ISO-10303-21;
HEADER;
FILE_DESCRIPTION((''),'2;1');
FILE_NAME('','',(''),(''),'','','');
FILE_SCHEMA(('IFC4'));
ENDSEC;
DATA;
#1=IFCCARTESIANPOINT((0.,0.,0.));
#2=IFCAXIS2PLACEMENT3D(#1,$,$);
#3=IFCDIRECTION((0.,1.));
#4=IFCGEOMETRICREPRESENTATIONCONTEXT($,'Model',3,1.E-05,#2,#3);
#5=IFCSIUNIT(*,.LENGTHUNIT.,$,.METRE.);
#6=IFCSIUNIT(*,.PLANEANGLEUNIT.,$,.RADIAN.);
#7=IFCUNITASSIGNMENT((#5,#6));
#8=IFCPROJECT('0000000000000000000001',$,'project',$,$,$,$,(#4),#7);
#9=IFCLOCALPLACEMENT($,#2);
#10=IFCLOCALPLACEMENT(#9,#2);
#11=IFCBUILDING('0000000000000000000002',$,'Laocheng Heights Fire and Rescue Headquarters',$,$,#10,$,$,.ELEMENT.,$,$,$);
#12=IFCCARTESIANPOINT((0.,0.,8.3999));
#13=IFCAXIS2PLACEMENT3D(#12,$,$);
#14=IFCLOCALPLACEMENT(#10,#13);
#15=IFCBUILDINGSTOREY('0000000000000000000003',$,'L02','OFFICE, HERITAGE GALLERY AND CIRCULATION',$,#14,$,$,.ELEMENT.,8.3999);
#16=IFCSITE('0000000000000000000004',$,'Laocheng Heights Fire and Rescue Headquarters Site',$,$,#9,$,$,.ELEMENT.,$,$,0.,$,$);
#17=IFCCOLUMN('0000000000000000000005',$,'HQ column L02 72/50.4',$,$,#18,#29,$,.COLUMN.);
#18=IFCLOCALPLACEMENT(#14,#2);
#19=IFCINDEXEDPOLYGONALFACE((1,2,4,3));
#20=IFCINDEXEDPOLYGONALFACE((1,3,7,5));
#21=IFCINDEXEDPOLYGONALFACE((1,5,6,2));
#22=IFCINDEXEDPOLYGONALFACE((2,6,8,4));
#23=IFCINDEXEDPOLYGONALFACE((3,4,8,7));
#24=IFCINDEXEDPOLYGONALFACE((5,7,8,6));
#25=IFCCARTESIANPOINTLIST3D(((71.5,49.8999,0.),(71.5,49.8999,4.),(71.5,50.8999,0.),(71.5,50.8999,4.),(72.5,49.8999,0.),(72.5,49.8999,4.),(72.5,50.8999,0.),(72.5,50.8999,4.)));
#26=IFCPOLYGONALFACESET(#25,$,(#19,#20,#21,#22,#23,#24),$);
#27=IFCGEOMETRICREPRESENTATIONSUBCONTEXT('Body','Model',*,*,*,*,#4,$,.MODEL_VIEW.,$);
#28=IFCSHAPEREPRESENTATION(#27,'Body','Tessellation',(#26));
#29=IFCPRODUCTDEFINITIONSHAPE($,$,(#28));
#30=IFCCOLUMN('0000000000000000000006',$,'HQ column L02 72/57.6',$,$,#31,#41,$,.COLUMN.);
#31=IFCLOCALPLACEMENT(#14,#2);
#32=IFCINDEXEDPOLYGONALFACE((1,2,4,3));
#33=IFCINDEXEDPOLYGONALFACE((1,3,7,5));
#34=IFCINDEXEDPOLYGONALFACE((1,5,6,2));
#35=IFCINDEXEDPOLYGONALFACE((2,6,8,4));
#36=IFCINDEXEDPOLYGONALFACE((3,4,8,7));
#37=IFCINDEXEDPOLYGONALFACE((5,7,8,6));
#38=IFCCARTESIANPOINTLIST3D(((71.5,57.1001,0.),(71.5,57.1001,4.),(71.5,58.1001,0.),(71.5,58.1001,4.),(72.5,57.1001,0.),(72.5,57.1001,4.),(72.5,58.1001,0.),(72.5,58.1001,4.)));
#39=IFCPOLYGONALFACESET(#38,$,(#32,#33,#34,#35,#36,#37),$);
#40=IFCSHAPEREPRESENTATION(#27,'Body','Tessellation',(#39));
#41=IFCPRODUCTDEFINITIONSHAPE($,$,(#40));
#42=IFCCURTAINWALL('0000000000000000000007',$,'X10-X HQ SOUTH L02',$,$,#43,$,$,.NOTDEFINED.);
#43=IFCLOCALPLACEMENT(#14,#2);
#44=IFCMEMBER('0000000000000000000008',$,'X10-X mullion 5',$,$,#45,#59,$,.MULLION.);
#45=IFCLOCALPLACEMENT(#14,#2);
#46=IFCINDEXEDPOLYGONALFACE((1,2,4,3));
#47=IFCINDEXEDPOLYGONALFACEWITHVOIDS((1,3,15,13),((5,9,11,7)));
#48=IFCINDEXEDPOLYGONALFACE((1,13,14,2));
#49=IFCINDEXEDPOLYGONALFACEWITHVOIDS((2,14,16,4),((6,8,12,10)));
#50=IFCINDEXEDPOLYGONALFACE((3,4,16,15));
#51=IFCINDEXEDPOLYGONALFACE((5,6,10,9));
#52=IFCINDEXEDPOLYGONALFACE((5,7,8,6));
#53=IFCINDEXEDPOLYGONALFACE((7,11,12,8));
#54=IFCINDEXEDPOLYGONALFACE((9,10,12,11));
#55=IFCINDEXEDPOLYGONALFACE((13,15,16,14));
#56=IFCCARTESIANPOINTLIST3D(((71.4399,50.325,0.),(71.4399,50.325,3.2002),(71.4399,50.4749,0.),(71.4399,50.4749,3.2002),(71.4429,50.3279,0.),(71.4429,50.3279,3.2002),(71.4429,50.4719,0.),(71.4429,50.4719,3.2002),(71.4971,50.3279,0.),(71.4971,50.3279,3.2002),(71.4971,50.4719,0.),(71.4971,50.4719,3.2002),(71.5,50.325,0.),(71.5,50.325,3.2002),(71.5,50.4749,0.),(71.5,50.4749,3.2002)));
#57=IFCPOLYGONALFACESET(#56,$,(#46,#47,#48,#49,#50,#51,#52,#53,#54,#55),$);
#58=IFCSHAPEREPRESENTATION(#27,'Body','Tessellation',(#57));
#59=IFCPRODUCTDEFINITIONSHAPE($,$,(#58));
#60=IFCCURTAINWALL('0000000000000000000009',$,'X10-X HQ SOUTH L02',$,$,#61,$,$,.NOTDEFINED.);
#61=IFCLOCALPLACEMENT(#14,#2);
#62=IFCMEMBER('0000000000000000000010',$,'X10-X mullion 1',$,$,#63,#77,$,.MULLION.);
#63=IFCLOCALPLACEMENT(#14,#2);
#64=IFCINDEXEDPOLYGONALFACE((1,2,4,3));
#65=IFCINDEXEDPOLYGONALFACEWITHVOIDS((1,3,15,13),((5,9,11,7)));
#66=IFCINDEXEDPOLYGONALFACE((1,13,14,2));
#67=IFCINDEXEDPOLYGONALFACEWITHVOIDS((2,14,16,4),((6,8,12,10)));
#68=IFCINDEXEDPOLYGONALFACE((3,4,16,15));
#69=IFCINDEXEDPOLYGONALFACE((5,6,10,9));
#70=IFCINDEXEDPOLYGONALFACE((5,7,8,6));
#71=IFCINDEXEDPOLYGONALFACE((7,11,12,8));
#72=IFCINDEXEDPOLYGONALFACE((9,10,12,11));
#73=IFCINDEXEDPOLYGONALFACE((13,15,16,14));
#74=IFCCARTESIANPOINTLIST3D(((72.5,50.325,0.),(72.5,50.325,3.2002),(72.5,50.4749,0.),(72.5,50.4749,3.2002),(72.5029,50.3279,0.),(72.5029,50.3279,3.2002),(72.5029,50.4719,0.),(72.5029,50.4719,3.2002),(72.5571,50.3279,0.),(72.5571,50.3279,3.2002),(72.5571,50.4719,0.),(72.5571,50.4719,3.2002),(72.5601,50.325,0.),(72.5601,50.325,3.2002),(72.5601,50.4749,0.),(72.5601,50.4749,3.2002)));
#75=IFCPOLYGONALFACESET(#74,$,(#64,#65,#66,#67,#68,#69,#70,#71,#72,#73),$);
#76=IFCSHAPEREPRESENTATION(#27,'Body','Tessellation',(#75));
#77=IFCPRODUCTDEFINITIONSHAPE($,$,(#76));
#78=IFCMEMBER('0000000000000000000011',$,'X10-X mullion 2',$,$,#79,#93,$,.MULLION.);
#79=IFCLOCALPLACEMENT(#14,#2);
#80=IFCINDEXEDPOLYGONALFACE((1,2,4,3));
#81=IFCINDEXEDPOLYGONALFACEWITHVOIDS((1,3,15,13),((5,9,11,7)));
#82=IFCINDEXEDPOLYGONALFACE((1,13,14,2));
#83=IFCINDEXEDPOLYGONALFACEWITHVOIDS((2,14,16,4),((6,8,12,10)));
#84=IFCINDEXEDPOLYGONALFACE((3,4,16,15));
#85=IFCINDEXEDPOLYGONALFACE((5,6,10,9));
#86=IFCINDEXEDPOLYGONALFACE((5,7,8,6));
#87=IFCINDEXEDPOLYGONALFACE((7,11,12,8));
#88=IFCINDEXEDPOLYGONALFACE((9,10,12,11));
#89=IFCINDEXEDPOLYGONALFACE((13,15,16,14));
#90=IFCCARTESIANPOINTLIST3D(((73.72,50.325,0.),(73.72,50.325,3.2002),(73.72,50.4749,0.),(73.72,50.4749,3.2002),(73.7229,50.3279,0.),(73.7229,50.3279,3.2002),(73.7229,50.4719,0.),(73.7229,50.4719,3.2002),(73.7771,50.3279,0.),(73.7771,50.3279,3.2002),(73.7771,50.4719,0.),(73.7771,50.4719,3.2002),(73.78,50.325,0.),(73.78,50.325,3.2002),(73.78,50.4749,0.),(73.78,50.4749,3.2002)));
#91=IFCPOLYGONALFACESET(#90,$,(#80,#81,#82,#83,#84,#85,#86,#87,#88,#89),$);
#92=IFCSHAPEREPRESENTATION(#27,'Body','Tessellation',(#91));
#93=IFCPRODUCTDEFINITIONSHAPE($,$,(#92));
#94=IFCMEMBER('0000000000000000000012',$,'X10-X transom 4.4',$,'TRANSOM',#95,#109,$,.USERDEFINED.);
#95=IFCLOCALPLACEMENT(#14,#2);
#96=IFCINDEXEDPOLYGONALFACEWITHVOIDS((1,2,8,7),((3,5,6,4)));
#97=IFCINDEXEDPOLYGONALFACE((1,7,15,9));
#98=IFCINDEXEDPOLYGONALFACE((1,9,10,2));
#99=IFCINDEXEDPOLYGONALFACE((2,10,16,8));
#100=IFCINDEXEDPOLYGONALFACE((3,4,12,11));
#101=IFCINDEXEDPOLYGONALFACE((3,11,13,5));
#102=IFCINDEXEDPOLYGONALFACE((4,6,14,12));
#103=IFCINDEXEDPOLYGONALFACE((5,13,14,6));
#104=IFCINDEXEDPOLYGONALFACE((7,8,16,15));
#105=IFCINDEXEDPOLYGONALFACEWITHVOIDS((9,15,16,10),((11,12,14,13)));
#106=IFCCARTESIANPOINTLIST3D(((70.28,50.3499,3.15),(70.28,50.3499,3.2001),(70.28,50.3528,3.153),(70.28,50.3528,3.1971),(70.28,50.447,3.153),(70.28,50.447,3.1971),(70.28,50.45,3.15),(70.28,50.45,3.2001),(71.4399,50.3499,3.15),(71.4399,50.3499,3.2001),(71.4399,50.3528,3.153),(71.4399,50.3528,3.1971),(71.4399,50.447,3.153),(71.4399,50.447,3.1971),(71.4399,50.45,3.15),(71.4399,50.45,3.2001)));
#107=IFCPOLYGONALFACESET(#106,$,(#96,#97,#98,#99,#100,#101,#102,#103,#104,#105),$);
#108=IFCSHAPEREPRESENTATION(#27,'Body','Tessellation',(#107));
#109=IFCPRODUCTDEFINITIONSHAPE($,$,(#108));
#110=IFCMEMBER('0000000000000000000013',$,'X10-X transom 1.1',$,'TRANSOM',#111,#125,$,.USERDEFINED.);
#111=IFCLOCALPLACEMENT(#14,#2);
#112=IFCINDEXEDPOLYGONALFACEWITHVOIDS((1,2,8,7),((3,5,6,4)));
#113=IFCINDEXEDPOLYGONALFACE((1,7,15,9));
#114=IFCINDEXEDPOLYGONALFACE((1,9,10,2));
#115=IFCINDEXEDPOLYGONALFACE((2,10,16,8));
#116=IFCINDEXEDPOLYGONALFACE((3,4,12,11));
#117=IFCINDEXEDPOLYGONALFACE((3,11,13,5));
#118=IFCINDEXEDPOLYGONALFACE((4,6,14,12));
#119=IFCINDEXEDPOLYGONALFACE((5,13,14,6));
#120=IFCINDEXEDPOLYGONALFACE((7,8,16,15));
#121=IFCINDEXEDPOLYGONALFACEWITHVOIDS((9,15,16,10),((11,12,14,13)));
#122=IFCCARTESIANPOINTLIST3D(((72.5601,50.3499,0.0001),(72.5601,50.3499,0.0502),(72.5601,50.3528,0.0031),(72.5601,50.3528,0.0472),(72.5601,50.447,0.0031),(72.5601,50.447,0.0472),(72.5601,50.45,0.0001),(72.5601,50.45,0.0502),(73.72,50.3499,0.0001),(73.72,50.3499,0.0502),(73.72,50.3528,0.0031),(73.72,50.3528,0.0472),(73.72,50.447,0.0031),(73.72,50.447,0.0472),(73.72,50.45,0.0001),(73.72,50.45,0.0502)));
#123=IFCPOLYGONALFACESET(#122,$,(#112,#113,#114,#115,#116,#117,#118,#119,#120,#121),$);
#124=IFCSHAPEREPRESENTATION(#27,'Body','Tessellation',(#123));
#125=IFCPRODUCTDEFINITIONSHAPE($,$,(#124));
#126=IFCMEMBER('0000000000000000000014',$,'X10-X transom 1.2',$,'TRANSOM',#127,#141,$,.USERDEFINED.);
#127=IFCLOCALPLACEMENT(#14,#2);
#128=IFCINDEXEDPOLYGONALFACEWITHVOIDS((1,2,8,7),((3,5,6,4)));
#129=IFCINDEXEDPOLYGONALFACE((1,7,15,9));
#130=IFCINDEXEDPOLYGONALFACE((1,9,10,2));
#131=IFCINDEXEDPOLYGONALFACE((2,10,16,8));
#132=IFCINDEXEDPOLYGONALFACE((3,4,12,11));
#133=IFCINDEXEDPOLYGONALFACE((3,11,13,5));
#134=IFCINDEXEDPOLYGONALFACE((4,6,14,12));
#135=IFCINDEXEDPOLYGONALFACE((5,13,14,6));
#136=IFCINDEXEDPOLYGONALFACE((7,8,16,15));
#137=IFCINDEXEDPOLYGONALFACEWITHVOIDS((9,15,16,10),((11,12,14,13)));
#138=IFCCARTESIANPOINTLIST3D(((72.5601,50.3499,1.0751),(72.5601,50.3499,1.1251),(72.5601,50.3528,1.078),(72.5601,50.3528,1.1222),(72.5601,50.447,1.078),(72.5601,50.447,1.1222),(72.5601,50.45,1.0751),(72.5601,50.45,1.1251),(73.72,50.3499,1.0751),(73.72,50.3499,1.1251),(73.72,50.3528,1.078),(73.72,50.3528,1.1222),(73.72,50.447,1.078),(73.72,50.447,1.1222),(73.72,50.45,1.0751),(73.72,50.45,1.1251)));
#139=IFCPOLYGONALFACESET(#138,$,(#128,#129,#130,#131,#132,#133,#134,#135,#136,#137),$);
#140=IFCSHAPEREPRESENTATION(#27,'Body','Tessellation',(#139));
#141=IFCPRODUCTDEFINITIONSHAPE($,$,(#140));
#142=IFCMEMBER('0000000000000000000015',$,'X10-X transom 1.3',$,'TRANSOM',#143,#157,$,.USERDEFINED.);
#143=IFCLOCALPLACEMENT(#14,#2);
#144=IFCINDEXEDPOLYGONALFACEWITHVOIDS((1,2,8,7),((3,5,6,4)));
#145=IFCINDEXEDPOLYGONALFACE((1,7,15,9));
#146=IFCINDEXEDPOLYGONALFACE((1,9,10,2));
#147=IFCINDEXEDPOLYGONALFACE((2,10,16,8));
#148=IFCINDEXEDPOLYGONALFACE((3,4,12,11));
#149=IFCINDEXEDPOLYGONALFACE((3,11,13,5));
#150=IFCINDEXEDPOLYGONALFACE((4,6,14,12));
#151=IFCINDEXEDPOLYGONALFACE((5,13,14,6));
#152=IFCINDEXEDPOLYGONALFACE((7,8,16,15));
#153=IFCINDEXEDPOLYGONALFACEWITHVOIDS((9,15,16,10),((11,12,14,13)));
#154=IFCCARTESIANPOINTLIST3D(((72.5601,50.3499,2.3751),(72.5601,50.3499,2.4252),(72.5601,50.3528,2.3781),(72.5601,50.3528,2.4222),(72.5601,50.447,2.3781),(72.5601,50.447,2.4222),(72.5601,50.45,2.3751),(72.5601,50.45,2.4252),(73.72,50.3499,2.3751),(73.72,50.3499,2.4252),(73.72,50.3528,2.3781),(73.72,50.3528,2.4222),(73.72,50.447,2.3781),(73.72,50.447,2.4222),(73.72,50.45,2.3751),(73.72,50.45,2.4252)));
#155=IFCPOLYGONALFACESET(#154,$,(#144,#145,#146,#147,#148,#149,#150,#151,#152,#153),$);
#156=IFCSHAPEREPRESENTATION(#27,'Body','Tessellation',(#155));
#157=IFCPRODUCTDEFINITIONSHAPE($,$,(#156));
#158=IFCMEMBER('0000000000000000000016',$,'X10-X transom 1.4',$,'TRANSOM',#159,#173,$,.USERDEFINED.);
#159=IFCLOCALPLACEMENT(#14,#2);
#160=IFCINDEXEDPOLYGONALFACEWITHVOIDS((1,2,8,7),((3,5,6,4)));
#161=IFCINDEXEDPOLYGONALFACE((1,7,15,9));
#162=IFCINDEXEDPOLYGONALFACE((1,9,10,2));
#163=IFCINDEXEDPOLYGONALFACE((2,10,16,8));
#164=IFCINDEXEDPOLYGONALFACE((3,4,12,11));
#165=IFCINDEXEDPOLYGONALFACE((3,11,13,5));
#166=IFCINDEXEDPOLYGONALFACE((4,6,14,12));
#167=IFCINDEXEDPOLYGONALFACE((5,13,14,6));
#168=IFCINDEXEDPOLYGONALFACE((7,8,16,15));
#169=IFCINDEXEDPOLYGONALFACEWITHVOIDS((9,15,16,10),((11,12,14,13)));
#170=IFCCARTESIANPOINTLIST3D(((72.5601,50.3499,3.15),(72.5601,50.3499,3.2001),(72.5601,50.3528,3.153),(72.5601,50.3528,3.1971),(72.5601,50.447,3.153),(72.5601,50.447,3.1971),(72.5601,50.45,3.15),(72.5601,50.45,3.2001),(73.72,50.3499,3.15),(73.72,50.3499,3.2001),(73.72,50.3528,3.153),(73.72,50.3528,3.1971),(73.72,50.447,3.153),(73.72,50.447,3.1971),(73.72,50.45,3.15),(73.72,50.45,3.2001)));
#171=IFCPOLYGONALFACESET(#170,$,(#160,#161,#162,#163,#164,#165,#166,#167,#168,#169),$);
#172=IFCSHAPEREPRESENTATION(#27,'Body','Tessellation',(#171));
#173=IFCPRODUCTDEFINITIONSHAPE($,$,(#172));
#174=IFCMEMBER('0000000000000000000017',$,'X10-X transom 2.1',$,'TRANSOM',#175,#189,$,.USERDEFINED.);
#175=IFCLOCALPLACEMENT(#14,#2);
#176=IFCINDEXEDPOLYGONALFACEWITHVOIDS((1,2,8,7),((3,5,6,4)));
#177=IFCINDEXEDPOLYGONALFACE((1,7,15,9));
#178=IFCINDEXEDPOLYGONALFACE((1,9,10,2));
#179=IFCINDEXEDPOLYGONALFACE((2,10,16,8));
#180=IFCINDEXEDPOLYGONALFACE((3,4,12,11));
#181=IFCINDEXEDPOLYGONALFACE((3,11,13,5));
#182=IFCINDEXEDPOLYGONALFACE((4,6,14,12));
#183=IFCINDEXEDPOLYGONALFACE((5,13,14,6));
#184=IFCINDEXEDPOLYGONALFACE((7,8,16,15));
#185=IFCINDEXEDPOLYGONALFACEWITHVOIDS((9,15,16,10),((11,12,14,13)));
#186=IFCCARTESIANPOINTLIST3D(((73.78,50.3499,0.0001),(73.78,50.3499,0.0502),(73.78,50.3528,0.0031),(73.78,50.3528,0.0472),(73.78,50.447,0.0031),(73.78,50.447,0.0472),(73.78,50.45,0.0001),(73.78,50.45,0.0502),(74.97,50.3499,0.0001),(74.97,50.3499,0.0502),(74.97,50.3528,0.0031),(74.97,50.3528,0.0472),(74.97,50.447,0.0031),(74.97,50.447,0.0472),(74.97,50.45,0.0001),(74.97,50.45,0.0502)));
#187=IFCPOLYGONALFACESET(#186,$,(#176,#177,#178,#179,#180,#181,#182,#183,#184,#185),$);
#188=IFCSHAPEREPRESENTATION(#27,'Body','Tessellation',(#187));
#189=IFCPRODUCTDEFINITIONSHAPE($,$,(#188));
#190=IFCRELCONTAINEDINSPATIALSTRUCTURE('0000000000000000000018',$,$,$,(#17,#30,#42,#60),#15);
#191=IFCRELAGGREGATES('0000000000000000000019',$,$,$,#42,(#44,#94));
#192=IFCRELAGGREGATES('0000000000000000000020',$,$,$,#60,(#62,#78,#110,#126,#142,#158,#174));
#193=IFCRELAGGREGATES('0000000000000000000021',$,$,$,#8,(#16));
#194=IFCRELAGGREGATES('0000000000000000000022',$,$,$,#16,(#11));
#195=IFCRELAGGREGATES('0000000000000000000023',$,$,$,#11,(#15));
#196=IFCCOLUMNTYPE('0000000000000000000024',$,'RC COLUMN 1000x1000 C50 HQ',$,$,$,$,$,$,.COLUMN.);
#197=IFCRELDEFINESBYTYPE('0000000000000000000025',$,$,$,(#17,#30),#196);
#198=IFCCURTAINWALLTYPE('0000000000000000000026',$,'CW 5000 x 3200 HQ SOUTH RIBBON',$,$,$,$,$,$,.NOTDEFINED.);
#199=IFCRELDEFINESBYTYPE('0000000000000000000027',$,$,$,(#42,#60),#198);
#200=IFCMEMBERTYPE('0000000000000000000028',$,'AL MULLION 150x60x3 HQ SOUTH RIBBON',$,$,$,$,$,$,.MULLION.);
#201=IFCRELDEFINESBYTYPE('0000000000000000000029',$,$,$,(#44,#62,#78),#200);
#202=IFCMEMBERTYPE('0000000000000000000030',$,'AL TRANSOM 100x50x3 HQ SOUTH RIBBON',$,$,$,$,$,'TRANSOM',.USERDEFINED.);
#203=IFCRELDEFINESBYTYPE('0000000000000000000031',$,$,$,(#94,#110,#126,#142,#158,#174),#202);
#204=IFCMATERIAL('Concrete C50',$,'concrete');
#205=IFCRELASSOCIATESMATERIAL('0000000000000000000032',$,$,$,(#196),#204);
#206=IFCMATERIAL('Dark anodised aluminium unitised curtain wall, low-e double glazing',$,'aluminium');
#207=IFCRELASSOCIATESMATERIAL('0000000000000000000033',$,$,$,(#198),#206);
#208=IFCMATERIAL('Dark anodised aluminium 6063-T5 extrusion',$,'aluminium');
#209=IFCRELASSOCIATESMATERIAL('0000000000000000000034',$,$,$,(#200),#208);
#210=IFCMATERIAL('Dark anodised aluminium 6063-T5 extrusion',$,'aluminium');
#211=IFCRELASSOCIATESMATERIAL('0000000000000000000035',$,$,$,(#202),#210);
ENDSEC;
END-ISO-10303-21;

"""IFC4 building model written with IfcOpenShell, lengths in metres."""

from ifc_helpers import new_model, si_unit, direction, frame, origin, origin_2d, place, context, subcontext, project, spatial, rectangle, hollow_rectangle, extrude, material, material_profile, profile_set, type_object, element, aggregate, save


model = new_model("IFC4")

# Units and contexts
model_context = context("Model", 3, precision=1e-05, world=origin(), true_north=direction((0.0, 1.0)))
body_context = subcontext(model_context, "Body", "Model", "MODEL_VIEW")
ifc_project = project(units=[si_unit("LENGTHUNIT", "METRE"), si_unit("PLANEANGLEUNIT", "RADIAN")], contexts=[model_context])

# Site, building, storey
site_placement = place(None, origin())
site = spatial("IfcSite", under=ifc_project, at=site_placement, Name="Laocheng Heights Fire and Rescue Headquarters Site", CompositionType="ELEMENT", RefElevation=0.0)
building_placement = place(site_placement, origin())
building = spatial("IfcBuilding", under=site, at=building_placement, Name="Laocheng Heights Fire and Rescue Headquarters", CompositionType="ELEMENT")
storey_placement = place(building_placement, frame((0.0, 0.0, 8.3999)))
storey = spatial("IfcBuildingStorey", under=building, at=storey_placement, Name="L02", Description="OFFICE, HERITAGE GALLERY AND CIRCULATION", CompositionType="ELEMENT", Elevation=8.3999)

# Columns
ifc_material_1 = material(Name="Concrete C50", Category="concrete")
ifc_material_profile_1 = material_profile(ifc_material_1, rectangle(XDim=1.0, YDim=1.0, at=origin_2d()), Name="RC COLUMN 1000x1000 C50 HQ")
ifc_profile_set_1 = profile_set([ifc_material_profile_1], Name="Concrete C50")
column_type = type_object("IfcColumnType", Name="RC COLUMN 1000x1000 C50 HQ", PredefinedType="COLUMN", material=ifc_profile_set_1)
for number, where, z_axis, x_axis, name in (
    (1, (72.0, 50.3999, 0.0), (0.0, 0.0, 1.0), (1.0, 0.0, 0.0), "HQ column L02 72/50.4"),
    (2, (72.0, 57.6001, 0.0), (0.0, 0.0, 1.0), (1.0, 0.0, 0.0), "HQ column L02 72/57.6"),
):
    element("IfcColumn", number, at=place(storey_placement, frame(where, z_axis=z_axis, x_axis=x_axis)), inside=storey, type_object=column_type, Name=name, PredefinedType="COLUMN", context=body_context, shape_type="SweptSolid", body=[
        extrude(rectangle(XDim=1.0, YDim=1.0, at=origin_2d()), origin(), (0.0, 0.0, 1.0), 4.0),
    ])

# Curtain wall, member
ifc_material_2 = material(Name="Dark anodised aluminium unitised curtain wall, low-e double glazing", Category="aluminium")
curtain_wall_type = type_object("IfcCurtainWallType", Name="CW 5000 x 3200 HQ SOUTH RIBBON", PredefinedType="NOTDEFINED", material=ifc_material_2)
curtain_wall_1_placement = place(storey_placement, origin())
curtain_wall_1 = element("IfcCurtainWall", 3, at=curtain_wall_1_placement, inside=storey, type_object=curtain_wall_type, Name="X10-X HQ SOUTH L02", PredefinedType="NOTDEFINED")
ifc_material_3 = material(Name="Dark anodised aluminium 6063-T5 extrusion", Category="aluminium")
ifc_material_profile_2 = material_profile(ifc_material_3, hollow_rectangle(XDim=0.1499, YDim=0.0601, WallThickness=0.0029, at=origin_2d()), Name="AL MULLION 150x60x3 HQ SOUTH RIBBON")
ifc_profile_set_2 = profile_set([ifc_material_profile_2], Name="Dark anodised aluminium 6063-T5 extrusion")
member_type_1 = type_object("IfcMemberType", Name="AL MULLION 150x60x3 HQ SOUTH RIBBON", PredefinedType="MULLION", material=ifc_profile_set_2)
member_1_placement = place(storey_placement, frame((71.47, 50.3999, 0.0), z_axis=(0.0, 0.0, 1.0), x_axis=(0.0, 1.0, 0.0)))
member_1 = element("IfcMember", 4, at=member_1_placement, type_object=member_type_1, Name="X10-X mullion 5", PredefinedType="MULLION", context=body_context, shape_type="SweptSolid", body=[
    extrude(hollow_rectangle(XDim=0.1499, YDim=0.0601, WallThickness=0.0029, at=origin_2d()), origin(), (0.0, 0.0, 1.0), 3.2002),
])

# Curtain wall, members
curtain_wall_2_placement = place(storey_placement, origin())
curtain_wall_2 = element("IfcCurtainWall", 5, at=curtain_wall_2_placement, inside=storey, type_object=curtain_wall_type, Name="X10-X HQ SOUTH L02", PredefinedType="NOTDEFINED")
member_2_placement = place(storey_placement, frame((72.53, 50.3999, 0.0), z_axis=(0.0, 0.0, 1.0), x_axis=(0.0, 1.0, 0.0)))
member_2 = element("IfcMember", 6, at=member_2_placement, type_object=member_type_1, Name="X10-X mullion 1", PredefinedType="MULLION", context=body_context, shape_type="SweptSolid", body=[
    extrude(hollow_rectangle(XDim=0.1499, YDim=0.0601, WallThickness=0.0029, at=origin_2d()), origin(), (0.0, 0.0, 1.0), 3.2002),
])
member_3_placement = place(storey_placement, frame((73.75, 50.3999, 0.0), z_axis=(0.0, 0.0, 1.0), x_axis=(0.0, 1.0, 0.0)))
member_3 = element("IfcMember", 7, at=member_3_placement, type_object=member_type_1, Name="X10-X mullion 2", PredefinedType="MULLION", context=body_context, shape_type="SweptSolid", body=[
    extrude(hollow_rectangle(XDim=0.1499, YDim=0.0601, WallThickness=0.0029, at=origin_2d()), origin(), (0.0, 0.0, 1.0), 3.2002),
])

# Members
ifc_material_4 = material(Name="Dark anodised aluminium 6063-T5 extrusion", Category="aluminium")
ifc_material_profile_3 = material_profile(ifc_material_4, hollow_rectangle(XDim=0.1001, YDim=0.05, WallThickness=0.0029, at=origin_2d()), Name="AL TRANSOM 100x50x3 HQ SOUTH RIBBON")
ifc_profile_set_3 = profile_set([ifc_material_profile_3], Name="Dark anodised aluminium 6063-T5 extrusion")
member_type_2 = type_object("IfcMemberType", Name="AL TRANSOM 100x50x3 HQ SOUTH RIBBON", ElementType="TRANSOM", PredefinedType="USERDEFINED", material=ifc_profile_set_3)
member_4_placement = place(storey_placement, frame((70.28, 50.3999, 3.175), z_axis=(1.0, 0.0, 0.0), x_axis=(0.0, 1.0, 0.0)))
member_4 = element("IfcMember", 8, at=member_4_placement, type_object=member_type_2, Name="X10-X transom 4.4", ObjectType="TRANSOM", PredefinedType="USERDEFINED", context=body_context, shape_type="SweptSolid", body=[
    extrude(hollow_rectangle(XDim=0.1001, YDim=0.05, WallThickness=0.0029, at=origin_2d()), origin(), (0.0, 0.0, 1.0), 1.1599),
])
member_5_placement = place(storey_placement, frame((72.5601, 50.3999, 0.0251), z_axis=(1.0, 0.0, 0.0), x_axis=(0.0, 1.0, 0.0)))
member_5 = element("IfcMember", 9, at=member_5_placement, type_object=member_type_2, Name="X10-X transom 1.1", ObjectType="TRANSOM", PredefinedType="USERDEFINED", context=body_context, shape_type="SweptSolid", body=[
    extrude(hollow_rectangle(XDim=0.1001, YDim=0.05, WallThickness=0.0029, at=origin_2d()), origin(), (0.0, 0.0, 1.0), 1.1599),
])
member_6_placement = place(storey_placement, frame((72.5601, 50.3999, 1.1001), z_axis=(1.0, 0.0, 0.0), x_axis=(0.0, 1.0, 0.0)))
member_6 = element("IfcMember", 10, at=member_6_placement, type_object=member_type_2, Name="X10-X transom 1.2", ObjectType="TRANSOM", PredefinedType="USERDEFINED", context=body_context, shape_type="SweptSolid", body=[
    extrude(hollow_rectangle(XDim=0.1001, YDim=0.05, WallThickness=0.0029, at=origin_2d()), origin(), (0.0, 0.0, 1.0), 1.1599),
])
member_7_placement = place(storey_placement, frame((72.5601, 50.3999, 2.4001), z_axis=(1.0, 0.0, 0.0), x_axis=(0.0, 1.0, 0.0)))
member_7 = element("IfcMember", 11, at=member_7_placement, type_object=member_type_2, Name="X10-X transom 1.3", ObjectType="TRANSOM", PredefinedType="USERDEFINED", context=body_context, shape_type="SweptSolid", body=[
    extrude(hollow_rectangle(XDim=0.1001, YDim=0.05, WallThickness=0.0029, at=origin_2d()), origin(), (0.0, 0.0, 1.0), 1.1599),
])
member_8_placement = place(storey_placement, frame((72.5601, 50.3999, 3.175), z_axis=(1.0, 0.0, 0.0), x_axis=(0.0, 1.0, 0.0)))
member_8 = element("IfcMember", 12, at=member_8_placement, type_object=member_type_2, Name="X10-X transom 1.4", ObjectType="TRANSOM", PredefinedType="USERDEFINED", context=body_context, shape_type="SweptSolid", body=[
    extrude(hollow_rectangle(XDim=0.1001, YDim=0.05, WallThickness=0.0029, at=origin_2d()), origin(), (0.0, 0.0, 1.0), 1.1599),
])
member_9_placement = place(storey_placement, frame((73.78, 50.3999, 0.0251), z_axis=(1.0, 0.0, 0.0), x_axis=(0.0, 1.0, 0.0)))
member_9 = element("IfcMember", 13, at=member_9_placement, type_object=member_type_2, Name="X10-X transom 2.1", ObjectType="TRANSOM", PredefinedType="USERDEFINED", context=body_context, shape_type="SweptSolid", body=[
    extrude(hollow_rectangle(XDim=0.1001, YDim=0.05, WallThickness=0.0029, at=origin_2d()), origin(), (0.0, 0.0, 1.0), 1.1899),
])

aggregate(curtain_wall_1, [member_1, member_4])
aggregate(curtain_wall_2, [member_2, member_3, member_5, member_6, member_7, member_8, member_9])

save(model, "model.ifc")
